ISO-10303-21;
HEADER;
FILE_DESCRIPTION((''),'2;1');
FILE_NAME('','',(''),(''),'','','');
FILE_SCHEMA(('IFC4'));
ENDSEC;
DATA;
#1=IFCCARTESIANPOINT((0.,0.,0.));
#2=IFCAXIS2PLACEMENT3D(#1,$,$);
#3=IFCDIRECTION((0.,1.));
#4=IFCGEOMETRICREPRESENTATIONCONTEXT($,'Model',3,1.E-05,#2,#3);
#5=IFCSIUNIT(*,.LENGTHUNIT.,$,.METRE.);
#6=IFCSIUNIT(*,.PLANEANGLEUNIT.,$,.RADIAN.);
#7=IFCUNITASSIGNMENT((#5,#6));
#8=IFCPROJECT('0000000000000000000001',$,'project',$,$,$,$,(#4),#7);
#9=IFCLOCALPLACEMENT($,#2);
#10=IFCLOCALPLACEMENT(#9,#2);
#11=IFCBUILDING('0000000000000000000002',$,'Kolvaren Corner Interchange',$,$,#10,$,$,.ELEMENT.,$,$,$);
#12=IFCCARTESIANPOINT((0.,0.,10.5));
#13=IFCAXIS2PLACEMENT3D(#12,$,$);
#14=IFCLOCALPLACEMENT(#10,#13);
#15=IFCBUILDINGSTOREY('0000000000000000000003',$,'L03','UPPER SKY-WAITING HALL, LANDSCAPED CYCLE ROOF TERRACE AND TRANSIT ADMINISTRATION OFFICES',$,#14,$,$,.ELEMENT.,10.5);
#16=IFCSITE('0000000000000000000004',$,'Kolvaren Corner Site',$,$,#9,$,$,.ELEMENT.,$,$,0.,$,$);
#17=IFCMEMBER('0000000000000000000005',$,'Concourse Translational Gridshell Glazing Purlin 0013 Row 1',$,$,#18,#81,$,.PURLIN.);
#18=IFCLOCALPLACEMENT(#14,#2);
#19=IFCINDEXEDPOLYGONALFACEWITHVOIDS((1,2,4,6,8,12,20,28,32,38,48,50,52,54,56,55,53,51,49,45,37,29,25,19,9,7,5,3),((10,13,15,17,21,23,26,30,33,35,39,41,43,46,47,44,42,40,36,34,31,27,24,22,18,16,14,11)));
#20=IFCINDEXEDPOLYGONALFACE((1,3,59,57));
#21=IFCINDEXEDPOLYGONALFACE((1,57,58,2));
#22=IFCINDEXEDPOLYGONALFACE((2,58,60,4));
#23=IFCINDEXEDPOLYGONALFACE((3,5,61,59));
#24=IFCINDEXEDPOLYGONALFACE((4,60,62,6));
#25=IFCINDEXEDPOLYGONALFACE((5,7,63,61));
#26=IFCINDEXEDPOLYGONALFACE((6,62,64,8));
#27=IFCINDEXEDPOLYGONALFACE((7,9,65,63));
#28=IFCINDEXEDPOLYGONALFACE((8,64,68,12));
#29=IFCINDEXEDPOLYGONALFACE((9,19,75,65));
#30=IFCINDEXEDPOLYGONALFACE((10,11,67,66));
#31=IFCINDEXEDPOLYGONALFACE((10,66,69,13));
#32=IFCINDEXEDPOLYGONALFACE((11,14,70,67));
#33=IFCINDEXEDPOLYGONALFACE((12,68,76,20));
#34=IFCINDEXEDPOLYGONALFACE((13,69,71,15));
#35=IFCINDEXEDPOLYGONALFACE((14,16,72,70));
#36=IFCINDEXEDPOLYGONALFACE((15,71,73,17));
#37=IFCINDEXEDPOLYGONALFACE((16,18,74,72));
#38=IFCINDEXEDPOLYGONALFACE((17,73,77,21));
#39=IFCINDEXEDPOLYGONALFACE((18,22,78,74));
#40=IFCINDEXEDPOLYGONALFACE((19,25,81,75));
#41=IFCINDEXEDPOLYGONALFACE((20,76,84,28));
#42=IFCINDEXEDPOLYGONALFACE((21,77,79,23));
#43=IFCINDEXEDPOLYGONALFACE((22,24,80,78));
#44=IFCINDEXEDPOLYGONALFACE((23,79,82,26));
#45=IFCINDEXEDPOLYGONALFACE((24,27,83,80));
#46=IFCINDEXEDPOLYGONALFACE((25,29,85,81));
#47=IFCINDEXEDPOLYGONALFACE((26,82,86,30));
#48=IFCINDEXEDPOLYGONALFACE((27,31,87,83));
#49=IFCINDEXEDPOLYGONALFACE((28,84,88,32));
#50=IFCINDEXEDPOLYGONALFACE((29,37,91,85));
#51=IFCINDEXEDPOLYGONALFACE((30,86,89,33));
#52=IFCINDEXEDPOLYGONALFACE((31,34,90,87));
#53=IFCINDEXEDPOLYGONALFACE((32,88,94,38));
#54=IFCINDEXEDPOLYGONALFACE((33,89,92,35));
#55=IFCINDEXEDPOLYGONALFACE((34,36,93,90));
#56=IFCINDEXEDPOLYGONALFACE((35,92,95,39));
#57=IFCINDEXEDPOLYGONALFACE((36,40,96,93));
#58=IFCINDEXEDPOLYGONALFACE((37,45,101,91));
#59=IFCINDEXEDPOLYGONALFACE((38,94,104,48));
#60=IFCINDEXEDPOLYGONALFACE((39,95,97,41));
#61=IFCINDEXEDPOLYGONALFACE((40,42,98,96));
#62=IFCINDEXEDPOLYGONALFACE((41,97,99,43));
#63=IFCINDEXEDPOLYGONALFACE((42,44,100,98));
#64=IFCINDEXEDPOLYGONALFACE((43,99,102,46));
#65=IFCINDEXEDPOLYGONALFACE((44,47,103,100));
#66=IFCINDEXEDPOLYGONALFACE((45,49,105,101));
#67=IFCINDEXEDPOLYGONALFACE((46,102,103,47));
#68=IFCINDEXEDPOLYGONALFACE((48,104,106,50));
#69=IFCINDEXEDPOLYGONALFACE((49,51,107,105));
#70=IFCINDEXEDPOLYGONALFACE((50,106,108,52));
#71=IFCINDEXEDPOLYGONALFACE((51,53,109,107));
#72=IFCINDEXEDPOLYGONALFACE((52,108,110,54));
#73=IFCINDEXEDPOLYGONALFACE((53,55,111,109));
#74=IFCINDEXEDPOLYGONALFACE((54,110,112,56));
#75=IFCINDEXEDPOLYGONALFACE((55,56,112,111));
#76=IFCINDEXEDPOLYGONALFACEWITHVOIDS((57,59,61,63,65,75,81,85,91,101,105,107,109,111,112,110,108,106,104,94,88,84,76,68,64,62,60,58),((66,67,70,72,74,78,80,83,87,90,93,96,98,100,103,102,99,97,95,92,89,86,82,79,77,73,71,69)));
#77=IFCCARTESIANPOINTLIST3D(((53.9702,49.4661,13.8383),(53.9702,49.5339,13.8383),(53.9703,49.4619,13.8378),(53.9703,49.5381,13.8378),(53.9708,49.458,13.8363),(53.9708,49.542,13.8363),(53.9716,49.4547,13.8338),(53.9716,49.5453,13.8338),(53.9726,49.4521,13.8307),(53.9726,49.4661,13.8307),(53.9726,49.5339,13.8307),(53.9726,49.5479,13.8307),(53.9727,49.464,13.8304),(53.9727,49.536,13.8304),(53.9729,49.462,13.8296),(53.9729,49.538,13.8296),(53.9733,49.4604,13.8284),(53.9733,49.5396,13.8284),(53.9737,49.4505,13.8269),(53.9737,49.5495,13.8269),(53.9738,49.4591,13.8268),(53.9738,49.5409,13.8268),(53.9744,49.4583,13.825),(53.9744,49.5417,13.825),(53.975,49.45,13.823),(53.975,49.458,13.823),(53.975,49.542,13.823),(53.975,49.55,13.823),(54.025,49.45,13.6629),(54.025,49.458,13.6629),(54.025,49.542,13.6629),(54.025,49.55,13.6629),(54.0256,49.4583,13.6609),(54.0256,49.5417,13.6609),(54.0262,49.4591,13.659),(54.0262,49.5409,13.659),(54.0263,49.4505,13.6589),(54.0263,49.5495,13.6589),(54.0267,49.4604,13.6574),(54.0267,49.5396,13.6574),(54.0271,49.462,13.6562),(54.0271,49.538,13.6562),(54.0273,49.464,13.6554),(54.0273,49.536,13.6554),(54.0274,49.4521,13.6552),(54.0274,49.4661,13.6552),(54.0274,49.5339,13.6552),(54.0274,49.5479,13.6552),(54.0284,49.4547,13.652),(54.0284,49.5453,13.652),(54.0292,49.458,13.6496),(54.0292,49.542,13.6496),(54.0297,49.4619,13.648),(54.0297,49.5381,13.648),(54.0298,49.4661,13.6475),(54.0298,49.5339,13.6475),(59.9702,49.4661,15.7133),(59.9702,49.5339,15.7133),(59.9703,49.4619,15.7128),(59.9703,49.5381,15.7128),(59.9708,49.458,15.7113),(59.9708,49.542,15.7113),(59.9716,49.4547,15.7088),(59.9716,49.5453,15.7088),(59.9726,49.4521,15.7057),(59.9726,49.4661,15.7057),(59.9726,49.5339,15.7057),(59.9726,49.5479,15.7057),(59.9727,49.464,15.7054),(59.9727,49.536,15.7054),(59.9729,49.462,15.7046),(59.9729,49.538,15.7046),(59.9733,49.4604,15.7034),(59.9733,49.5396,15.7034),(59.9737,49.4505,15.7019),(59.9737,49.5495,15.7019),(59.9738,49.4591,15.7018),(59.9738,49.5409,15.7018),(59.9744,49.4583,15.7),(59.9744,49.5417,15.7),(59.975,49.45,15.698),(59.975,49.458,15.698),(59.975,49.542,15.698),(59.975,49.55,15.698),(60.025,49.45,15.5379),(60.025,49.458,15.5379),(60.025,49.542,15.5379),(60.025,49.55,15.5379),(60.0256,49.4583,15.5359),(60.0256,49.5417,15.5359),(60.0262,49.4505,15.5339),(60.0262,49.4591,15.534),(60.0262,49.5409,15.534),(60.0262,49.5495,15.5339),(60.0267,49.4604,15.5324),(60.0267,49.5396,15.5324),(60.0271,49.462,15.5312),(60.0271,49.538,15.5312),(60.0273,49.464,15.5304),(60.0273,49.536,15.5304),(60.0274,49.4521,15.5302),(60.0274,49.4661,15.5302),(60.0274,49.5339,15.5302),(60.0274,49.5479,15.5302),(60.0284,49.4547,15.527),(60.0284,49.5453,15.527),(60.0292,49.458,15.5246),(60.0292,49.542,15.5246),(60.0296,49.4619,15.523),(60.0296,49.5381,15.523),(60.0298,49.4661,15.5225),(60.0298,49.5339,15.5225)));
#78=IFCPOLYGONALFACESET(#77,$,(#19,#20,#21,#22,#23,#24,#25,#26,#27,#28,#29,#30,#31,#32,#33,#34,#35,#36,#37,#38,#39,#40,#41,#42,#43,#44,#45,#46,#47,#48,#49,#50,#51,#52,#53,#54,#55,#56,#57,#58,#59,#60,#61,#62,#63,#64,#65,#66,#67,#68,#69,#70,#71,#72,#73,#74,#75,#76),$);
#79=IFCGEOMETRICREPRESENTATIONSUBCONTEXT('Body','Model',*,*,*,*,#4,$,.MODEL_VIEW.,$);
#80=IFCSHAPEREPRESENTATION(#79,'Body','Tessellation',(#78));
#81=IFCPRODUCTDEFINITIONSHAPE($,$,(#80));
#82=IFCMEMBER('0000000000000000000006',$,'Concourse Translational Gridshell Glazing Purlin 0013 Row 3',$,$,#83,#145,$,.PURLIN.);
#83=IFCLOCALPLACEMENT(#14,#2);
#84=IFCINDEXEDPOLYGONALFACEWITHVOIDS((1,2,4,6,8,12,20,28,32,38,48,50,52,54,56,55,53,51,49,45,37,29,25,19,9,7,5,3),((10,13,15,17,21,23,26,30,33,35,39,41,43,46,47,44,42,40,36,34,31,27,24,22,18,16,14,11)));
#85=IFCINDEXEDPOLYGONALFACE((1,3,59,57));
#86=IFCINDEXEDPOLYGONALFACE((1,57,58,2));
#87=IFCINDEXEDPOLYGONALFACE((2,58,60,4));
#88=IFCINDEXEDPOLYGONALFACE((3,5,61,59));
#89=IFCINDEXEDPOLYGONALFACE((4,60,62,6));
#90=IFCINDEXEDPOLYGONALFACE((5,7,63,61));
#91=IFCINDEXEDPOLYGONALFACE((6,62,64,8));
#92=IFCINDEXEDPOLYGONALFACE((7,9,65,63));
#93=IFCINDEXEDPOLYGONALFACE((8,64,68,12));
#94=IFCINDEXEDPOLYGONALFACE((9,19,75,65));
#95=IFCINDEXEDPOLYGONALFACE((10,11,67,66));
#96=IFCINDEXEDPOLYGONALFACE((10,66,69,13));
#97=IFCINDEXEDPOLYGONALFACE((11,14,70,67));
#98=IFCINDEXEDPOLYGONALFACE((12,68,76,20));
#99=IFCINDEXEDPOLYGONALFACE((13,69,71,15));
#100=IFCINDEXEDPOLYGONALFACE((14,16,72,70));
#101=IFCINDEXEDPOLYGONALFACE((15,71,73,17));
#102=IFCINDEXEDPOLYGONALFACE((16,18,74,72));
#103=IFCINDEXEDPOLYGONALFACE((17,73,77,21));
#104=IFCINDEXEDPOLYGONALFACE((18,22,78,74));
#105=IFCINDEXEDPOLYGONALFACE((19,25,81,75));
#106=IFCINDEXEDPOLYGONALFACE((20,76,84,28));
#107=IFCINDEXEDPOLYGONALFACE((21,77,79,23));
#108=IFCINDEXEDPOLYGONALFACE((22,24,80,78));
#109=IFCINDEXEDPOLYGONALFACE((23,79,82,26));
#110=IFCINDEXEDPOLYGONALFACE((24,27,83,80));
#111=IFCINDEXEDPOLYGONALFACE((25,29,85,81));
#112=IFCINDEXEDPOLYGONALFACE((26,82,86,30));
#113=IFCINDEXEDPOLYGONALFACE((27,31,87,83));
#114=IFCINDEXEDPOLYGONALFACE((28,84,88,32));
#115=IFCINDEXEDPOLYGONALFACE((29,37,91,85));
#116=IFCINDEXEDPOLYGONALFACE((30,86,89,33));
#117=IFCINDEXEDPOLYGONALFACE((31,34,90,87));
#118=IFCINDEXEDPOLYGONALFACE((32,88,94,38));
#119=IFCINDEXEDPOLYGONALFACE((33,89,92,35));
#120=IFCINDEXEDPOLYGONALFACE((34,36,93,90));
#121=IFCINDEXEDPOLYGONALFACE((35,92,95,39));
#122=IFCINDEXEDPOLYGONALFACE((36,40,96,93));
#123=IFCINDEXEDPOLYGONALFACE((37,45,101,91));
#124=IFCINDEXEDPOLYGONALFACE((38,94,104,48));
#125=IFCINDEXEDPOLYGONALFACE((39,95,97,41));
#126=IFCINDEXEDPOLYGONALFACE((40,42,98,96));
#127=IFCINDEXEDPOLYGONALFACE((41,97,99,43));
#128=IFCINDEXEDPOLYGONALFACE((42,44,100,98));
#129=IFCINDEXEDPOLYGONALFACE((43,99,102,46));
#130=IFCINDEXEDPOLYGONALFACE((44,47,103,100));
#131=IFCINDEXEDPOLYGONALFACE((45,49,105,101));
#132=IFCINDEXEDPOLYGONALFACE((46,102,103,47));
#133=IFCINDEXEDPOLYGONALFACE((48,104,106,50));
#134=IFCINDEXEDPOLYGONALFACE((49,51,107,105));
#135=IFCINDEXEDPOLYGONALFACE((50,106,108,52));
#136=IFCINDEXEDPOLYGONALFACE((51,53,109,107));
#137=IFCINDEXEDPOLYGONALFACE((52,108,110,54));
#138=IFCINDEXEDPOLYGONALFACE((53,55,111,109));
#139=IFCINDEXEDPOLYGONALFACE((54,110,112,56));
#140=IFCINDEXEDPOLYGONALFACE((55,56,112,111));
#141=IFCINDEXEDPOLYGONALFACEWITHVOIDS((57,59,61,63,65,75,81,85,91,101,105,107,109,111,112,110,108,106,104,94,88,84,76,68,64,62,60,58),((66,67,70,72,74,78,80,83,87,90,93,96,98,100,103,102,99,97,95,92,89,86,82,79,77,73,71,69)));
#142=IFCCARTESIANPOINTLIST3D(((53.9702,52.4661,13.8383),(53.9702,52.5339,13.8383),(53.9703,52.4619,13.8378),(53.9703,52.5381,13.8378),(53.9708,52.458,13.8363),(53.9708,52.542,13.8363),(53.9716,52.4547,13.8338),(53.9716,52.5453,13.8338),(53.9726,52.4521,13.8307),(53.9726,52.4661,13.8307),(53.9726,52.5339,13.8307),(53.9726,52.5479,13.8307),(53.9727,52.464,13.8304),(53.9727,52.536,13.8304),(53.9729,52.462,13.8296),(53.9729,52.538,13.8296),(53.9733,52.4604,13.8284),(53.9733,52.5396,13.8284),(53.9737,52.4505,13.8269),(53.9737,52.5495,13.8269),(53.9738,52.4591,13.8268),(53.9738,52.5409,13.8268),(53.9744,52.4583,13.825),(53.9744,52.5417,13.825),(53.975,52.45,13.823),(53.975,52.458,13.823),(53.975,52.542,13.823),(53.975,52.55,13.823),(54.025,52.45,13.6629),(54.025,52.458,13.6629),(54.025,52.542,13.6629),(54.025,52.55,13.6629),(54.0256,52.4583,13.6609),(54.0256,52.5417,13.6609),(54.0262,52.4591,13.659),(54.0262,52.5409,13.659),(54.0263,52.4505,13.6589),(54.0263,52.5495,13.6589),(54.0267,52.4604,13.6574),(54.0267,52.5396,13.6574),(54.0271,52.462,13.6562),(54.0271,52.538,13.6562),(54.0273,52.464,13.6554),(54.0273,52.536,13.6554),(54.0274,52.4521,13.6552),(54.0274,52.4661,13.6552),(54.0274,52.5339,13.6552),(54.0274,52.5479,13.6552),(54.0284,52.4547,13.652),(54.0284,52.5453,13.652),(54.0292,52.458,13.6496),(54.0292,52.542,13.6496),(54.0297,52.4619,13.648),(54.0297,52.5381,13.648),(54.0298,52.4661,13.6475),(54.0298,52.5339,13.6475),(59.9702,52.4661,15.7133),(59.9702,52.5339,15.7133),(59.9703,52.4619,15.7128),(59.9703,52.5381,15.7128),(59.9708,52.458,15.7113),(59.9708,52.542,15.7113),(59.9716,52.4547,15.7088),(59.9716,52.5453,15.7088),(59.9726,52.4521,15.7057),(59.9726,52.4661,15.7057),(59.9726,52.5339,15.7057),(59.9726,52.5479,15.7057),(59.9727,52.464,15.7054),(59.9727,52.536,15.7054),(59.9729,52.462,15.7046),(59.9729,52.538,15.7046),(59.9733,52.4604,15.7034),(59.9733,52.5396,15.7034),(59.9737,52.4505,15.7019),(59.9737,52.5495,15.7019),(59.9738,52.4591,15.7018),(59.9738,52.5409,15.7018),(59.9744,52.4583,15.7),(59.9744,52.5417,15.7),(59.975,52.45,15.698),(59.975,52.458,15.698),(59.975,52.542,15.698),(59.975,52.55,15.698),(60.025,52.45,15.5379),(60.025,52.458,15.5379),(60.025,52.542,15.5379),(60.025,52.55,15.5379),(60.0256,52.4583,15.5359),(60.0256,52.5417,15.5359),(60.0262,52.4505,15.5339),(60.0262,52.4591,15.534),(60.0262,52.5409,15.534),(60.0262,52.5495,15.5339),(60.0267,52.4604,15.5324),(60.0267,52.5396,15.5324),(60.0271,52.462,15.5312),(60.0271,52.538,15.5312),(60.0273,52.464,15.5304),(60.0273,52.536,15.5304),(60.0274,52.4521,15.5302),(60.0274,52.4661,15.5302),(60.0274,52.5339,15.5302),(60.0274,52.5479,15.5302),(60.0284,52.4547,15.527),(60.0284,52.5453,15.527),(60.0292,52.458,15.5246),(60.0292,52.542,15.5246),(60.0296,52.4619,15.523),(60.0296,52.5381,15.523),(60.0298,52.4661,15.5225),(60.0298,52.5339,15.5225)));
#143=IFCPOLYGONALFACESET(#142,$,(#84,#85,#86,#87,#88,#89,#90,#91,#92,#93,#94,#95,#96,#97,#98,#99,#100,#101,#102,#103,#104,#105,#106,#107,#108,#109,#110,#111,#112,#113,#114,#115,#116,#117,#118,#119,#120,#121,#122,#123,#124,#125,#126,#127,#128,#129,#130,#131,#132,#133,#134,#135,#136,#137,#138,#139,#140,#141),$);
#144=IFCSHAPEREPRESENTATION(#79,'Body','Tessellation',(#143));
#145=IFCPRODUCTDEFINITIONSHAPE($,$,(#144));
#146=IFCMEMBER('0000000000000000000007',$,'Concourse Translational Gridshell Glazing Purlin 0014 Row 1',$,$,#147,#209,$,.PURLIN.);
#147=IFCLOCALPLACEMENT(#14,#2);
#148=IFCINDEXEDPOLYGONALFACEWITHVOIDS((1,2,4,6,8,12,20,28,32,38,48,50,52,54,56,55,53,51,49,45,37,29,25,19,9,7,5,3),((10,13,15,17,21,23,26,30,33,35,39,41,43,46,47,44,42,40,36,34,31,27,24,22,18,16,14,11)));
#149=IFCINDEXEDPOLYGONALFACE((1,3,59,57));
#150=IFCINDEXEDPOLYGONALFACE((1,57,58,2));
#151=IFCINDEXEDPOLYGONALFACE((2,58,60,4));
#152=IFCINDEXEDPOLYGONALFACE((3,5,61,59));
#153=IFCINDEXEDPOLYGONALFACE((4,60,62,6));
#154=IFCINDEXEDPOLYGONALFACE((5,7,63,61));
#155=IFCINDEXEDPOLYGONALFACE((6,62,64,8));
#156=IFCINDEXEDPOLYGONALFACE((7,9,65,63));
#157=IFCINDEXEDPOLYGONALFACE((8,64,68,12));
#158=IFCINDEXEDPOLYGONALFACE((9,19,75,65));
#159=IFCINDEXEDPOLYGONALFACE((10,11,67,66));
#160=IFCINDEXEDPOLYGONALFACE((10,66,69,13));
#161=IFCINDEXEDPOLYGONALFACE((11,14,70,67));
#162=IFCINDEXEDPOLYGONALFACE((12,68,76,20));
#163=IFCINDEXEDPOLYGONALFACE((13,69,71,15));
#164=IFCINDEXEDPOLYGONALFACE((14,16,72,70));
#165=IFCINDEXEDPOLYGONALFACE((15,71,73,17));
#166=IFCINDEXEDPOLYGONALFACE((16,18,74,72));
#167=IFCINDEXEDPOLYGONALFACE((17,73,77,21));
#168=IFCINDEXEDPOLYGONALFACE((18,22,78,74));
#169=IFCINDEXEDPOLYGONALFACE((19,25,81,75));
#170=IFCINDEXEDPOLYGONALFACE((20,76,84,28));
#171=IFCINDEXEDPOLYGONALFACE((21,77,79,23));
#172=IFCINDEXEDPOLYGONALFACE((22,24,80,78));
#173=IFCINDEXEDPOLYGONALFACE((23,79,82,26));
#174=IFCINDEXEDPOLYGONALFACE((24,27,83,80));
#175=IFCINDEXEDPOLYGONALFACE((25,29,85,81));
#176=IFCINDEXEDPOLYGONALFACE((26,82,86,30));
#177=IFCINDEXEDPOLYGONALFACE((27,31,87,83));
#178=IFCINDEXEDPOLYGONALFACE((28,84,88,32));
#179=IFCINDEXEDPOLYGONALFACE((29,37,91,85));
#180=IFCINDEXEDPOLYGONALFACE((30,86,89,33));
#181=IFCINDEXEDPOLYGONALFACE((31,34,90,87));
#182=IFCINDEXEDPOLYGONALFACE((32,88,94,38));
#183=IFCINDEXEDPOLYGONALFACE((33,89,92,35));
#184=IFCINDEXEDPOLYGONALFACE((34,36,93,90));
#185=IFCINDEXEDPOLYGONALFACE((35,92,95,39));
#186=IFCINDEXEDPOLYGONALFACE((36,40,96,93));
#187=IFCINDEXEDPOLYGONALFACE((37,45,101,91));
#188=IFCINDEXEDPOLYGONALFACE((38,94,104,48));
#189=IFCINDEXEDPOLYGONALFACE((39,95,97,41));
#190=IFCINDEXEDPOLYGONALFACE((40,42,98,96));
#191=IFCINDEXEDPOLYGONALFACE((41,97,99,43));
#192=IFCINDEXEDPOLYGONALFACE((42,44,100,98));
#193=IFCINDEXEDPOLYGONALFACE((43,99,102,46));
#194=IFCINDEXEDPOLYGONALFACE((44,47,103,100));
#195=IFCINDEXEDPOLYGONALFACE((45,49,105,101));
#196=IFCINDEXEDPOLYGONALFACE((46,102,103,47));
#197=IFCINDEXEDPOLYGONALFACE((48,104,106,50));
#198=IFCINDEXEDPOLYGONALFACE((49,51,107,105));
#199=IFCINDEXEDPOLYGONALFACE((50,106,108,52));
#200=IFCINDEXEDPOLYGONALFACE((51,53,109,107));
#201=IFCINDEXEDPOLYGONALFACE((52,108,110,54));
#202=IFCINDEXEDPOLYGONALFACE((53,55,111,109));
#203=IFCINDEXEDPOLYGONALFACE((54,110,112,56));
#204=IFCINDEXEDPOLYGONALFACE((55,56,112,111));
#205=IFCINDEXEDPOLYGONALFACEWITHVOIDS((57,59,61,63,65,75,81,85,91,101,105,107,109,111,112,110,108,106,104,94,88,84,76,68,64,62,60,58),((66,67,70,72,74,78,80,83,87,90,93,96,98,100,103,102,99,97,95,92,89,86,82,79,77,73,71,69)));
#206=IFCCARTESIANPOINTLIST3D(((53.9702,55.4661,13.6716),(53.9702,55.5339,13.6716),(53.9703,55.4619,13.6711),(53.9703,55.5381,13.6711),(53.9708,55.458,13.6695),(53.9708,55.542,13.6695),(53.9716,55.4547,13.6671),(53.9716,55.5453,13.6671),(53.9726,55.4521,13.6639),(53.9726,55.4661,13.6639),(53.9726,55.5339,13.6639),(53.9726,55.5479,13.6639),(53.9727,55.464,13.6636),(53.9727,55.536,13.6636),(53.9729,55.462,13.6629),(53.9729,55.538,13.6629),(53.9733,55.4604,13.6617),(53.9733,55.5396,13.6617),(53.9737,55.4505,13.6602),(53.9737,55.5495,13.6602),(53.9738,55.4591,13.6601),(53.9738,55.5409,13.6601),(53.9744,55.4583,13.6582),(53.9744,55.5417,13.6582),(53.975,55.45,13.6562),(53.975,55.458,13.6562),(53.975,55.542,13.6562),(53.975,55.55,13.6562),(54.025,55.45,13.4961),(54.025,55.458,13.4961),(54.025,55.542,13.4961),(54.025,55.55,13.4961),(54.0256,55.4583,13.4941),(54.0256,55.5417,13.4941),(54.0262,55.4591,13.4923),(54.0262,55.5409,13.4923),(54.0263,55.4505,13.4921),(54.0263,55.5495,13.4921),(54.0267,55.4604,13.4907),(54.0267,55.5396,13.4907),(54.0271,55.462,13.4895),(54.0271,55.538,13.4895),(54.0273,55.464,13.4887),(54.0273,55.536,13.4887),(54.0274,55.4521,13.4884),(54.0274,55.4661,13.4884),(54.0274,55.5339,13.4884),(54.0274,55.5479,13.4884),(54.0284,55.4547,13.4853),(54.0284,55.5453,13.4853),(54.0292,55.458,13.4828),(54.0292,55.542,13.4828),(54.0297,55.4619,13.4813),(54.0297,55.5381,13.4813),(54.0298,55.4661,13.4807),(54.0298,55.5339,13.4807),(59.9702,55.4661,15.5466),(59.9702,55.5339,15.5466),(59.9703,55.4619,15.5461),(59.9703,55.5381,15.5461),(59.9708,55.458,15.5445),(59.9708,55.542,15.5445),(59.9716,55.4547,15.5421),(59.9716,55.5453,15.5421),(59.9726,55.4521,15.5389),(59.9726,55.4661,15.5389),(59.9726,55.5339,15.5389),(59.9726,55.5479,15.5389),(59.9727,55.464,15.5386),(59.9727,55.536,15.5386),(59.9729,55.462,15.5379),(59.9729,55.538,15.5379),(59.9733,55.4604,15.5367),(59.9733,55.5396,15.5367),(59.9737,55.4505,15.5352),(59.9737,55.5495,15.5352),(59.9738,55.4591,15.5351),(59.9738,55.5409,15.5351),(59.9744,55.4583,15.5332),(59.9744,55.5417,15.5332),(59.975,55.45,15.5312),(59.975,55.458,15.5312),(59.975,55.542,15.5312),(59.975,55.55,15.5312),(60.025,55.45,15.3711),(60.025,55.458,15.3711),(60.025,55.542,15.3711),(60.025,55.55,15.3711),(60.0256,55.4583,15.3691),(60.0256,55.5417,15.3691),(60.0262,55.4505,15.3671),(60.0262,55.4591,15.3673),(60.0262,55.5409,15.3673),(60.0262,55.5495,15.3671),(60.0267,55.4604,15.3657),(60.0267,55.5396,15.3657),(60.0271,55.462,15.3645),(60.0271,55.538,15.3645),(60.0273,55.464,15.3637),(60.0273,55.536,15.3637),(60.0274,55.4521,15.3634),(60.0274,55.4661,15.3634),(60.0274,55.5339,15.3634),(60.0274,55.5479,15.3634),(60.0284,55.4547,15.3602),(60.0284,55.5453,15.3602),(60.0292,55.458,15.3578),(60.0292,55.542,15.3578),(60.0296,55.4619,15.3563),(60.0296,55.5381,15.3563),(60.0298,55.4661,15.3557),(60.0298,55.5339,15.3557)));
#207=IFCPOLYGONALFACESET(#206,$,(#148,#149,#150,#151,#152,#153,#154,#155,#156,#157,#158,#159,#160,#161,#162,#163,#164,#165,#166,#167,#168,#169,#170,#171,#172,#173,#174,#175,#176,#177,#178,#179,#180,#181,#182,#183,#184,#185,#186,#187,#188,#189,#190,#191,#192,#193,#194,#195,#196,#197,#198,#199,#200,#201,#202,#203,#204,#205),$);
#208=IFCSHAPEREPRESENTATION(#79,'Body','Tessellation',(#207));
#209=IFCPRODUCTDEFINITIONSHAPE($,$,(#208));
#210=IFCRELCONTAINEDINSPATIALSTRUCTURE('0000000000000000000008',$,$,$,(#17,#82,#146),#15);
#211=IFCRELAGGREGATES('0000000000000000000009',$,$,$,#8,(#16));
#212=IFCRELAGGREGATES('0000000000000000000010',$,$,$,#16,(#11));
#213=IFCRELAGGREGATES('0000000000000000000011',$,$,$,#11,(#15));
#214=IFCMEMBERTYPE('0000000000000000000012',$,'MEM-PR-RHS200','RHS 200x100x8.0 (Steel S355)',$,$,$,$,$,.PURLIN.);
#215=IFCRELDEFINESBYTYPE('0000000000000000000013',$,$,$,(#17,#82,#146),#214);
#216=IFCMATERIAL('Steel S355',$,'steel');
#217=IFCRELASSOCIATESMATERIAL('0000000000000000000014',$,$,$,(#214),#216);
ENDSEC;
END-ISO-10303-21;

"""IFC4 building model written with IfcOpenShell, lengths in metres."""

from ifc_helpers import new_model, si_unit, direction, frame, origin, origin_2d, place, context, subcontext, project, spatial, hollow_rectangle, extrude, material, material_profile, profile_set, type_object, element, save


model = new_model("IFC4")

# Units and contexts
model_context = context("Model", 3, precision=1e-05, world=origin(), true_north=direction((0.0, 1.0)))
body_context = subcontext(model_context, "Body", "Model", "MODEL_VIEW")
ifc_project = project(units=[si_unit("LENGTHUNIT", "METRE"), si_unit("PLANEANGLEUNIT", "RADIAN")], contexts=[model_context])

# Site, building, storey
site_placement = place(None, origin())
site = spatial("IfcSite", under=ifc_project, at=site_placement, Name="Kolvaren Corner Site", CompositionType="ELEMENT", RefElevation=0.0)
building_placement = place(site_placement, origin())
building = spatial("IfcBuilding", under=site, at=building_placement, Name="Kolvaren Corner Interchange", CompositionType="ELEMENT")
storey_placement = place(building_placement, frame((0.0, 0.0, 10.5)))
storey = spatial("IfcBuildingStorey", under=building, at=storey_placement, Name="L03", Description="UPPER SKY-WAITING HALL, LANDSCAPED CYCLE ROOF TERRACE AND TRANSIT ADMINISTRATION OFFICES", CompositionType="ELEMENT", Elevation=10.5)

# Members
ifc_material_1 = material(Name="Steel S355", Category="steel")
ifc_material_profile_1 = material_profile(ifc_material_1, hollow_rectangle(XDim=0.1001, YDim=0.2, WallThickness=0.0081, InnerFilletRadius=0.0081, OuterFilletRadius=0.0161, at=origin_2d()), Name="RHS 200x100x8.0")
ifc_profile_set_1 = profile_set([ifc_material_profile_1], Name="Steel S355")
member_type_1 = type_object("IfcMemberType", Name="MEM-PR-RHS200", Description="RHS 200x100x8.0 (Steel S355)", PredefinedType="PURLIN", material=ifc_profile_set_1)
for number, where, z_axis, x_axis, name in (
    (1, (54.0, 49.5, 13.7429), (0.95448, 0.0, 0.298275), (0.0, 1.0, 0.0), "Concourse Translational Gridshell Glazing Purlin 0013 Row 1"),
    (2, (54.0, 52.5, 13.7429), (0.95448, 0.0, 0.298275), (0.0, 1.0, 0.0), "Concourse Translational Gridshell Glazing Purlin 0013 Row 3"),
    (3, (54.0, 55.5, 13.5762), (0.95448, 0.0, 0.298275), (0.0, 1.0, 0.0), "Concourse Translational Gridshell Glazing Purlin 0014 Row 1"),
):
    element("IfcMember", number, at=place(storey_placement, frame(where, z_axis=z_axis, x_axis=x_axis)), inside=storey, type_object=member_type_1, Name=name, PredefinedType="PURLIN", context=body_context, shape_type="SweptSolid", body=[
        extrude(hollow_rectangle(XDim=0.1001, YDim=0.2, WallThickness=0.0081, InnerFilletRadius=0.0081, OuterFilletRadius=0.0161, at=origin_2d()), origin(), (0.0, 0.0, 1.0), 6.2861),
    ])

save(model, "model.ifc")
